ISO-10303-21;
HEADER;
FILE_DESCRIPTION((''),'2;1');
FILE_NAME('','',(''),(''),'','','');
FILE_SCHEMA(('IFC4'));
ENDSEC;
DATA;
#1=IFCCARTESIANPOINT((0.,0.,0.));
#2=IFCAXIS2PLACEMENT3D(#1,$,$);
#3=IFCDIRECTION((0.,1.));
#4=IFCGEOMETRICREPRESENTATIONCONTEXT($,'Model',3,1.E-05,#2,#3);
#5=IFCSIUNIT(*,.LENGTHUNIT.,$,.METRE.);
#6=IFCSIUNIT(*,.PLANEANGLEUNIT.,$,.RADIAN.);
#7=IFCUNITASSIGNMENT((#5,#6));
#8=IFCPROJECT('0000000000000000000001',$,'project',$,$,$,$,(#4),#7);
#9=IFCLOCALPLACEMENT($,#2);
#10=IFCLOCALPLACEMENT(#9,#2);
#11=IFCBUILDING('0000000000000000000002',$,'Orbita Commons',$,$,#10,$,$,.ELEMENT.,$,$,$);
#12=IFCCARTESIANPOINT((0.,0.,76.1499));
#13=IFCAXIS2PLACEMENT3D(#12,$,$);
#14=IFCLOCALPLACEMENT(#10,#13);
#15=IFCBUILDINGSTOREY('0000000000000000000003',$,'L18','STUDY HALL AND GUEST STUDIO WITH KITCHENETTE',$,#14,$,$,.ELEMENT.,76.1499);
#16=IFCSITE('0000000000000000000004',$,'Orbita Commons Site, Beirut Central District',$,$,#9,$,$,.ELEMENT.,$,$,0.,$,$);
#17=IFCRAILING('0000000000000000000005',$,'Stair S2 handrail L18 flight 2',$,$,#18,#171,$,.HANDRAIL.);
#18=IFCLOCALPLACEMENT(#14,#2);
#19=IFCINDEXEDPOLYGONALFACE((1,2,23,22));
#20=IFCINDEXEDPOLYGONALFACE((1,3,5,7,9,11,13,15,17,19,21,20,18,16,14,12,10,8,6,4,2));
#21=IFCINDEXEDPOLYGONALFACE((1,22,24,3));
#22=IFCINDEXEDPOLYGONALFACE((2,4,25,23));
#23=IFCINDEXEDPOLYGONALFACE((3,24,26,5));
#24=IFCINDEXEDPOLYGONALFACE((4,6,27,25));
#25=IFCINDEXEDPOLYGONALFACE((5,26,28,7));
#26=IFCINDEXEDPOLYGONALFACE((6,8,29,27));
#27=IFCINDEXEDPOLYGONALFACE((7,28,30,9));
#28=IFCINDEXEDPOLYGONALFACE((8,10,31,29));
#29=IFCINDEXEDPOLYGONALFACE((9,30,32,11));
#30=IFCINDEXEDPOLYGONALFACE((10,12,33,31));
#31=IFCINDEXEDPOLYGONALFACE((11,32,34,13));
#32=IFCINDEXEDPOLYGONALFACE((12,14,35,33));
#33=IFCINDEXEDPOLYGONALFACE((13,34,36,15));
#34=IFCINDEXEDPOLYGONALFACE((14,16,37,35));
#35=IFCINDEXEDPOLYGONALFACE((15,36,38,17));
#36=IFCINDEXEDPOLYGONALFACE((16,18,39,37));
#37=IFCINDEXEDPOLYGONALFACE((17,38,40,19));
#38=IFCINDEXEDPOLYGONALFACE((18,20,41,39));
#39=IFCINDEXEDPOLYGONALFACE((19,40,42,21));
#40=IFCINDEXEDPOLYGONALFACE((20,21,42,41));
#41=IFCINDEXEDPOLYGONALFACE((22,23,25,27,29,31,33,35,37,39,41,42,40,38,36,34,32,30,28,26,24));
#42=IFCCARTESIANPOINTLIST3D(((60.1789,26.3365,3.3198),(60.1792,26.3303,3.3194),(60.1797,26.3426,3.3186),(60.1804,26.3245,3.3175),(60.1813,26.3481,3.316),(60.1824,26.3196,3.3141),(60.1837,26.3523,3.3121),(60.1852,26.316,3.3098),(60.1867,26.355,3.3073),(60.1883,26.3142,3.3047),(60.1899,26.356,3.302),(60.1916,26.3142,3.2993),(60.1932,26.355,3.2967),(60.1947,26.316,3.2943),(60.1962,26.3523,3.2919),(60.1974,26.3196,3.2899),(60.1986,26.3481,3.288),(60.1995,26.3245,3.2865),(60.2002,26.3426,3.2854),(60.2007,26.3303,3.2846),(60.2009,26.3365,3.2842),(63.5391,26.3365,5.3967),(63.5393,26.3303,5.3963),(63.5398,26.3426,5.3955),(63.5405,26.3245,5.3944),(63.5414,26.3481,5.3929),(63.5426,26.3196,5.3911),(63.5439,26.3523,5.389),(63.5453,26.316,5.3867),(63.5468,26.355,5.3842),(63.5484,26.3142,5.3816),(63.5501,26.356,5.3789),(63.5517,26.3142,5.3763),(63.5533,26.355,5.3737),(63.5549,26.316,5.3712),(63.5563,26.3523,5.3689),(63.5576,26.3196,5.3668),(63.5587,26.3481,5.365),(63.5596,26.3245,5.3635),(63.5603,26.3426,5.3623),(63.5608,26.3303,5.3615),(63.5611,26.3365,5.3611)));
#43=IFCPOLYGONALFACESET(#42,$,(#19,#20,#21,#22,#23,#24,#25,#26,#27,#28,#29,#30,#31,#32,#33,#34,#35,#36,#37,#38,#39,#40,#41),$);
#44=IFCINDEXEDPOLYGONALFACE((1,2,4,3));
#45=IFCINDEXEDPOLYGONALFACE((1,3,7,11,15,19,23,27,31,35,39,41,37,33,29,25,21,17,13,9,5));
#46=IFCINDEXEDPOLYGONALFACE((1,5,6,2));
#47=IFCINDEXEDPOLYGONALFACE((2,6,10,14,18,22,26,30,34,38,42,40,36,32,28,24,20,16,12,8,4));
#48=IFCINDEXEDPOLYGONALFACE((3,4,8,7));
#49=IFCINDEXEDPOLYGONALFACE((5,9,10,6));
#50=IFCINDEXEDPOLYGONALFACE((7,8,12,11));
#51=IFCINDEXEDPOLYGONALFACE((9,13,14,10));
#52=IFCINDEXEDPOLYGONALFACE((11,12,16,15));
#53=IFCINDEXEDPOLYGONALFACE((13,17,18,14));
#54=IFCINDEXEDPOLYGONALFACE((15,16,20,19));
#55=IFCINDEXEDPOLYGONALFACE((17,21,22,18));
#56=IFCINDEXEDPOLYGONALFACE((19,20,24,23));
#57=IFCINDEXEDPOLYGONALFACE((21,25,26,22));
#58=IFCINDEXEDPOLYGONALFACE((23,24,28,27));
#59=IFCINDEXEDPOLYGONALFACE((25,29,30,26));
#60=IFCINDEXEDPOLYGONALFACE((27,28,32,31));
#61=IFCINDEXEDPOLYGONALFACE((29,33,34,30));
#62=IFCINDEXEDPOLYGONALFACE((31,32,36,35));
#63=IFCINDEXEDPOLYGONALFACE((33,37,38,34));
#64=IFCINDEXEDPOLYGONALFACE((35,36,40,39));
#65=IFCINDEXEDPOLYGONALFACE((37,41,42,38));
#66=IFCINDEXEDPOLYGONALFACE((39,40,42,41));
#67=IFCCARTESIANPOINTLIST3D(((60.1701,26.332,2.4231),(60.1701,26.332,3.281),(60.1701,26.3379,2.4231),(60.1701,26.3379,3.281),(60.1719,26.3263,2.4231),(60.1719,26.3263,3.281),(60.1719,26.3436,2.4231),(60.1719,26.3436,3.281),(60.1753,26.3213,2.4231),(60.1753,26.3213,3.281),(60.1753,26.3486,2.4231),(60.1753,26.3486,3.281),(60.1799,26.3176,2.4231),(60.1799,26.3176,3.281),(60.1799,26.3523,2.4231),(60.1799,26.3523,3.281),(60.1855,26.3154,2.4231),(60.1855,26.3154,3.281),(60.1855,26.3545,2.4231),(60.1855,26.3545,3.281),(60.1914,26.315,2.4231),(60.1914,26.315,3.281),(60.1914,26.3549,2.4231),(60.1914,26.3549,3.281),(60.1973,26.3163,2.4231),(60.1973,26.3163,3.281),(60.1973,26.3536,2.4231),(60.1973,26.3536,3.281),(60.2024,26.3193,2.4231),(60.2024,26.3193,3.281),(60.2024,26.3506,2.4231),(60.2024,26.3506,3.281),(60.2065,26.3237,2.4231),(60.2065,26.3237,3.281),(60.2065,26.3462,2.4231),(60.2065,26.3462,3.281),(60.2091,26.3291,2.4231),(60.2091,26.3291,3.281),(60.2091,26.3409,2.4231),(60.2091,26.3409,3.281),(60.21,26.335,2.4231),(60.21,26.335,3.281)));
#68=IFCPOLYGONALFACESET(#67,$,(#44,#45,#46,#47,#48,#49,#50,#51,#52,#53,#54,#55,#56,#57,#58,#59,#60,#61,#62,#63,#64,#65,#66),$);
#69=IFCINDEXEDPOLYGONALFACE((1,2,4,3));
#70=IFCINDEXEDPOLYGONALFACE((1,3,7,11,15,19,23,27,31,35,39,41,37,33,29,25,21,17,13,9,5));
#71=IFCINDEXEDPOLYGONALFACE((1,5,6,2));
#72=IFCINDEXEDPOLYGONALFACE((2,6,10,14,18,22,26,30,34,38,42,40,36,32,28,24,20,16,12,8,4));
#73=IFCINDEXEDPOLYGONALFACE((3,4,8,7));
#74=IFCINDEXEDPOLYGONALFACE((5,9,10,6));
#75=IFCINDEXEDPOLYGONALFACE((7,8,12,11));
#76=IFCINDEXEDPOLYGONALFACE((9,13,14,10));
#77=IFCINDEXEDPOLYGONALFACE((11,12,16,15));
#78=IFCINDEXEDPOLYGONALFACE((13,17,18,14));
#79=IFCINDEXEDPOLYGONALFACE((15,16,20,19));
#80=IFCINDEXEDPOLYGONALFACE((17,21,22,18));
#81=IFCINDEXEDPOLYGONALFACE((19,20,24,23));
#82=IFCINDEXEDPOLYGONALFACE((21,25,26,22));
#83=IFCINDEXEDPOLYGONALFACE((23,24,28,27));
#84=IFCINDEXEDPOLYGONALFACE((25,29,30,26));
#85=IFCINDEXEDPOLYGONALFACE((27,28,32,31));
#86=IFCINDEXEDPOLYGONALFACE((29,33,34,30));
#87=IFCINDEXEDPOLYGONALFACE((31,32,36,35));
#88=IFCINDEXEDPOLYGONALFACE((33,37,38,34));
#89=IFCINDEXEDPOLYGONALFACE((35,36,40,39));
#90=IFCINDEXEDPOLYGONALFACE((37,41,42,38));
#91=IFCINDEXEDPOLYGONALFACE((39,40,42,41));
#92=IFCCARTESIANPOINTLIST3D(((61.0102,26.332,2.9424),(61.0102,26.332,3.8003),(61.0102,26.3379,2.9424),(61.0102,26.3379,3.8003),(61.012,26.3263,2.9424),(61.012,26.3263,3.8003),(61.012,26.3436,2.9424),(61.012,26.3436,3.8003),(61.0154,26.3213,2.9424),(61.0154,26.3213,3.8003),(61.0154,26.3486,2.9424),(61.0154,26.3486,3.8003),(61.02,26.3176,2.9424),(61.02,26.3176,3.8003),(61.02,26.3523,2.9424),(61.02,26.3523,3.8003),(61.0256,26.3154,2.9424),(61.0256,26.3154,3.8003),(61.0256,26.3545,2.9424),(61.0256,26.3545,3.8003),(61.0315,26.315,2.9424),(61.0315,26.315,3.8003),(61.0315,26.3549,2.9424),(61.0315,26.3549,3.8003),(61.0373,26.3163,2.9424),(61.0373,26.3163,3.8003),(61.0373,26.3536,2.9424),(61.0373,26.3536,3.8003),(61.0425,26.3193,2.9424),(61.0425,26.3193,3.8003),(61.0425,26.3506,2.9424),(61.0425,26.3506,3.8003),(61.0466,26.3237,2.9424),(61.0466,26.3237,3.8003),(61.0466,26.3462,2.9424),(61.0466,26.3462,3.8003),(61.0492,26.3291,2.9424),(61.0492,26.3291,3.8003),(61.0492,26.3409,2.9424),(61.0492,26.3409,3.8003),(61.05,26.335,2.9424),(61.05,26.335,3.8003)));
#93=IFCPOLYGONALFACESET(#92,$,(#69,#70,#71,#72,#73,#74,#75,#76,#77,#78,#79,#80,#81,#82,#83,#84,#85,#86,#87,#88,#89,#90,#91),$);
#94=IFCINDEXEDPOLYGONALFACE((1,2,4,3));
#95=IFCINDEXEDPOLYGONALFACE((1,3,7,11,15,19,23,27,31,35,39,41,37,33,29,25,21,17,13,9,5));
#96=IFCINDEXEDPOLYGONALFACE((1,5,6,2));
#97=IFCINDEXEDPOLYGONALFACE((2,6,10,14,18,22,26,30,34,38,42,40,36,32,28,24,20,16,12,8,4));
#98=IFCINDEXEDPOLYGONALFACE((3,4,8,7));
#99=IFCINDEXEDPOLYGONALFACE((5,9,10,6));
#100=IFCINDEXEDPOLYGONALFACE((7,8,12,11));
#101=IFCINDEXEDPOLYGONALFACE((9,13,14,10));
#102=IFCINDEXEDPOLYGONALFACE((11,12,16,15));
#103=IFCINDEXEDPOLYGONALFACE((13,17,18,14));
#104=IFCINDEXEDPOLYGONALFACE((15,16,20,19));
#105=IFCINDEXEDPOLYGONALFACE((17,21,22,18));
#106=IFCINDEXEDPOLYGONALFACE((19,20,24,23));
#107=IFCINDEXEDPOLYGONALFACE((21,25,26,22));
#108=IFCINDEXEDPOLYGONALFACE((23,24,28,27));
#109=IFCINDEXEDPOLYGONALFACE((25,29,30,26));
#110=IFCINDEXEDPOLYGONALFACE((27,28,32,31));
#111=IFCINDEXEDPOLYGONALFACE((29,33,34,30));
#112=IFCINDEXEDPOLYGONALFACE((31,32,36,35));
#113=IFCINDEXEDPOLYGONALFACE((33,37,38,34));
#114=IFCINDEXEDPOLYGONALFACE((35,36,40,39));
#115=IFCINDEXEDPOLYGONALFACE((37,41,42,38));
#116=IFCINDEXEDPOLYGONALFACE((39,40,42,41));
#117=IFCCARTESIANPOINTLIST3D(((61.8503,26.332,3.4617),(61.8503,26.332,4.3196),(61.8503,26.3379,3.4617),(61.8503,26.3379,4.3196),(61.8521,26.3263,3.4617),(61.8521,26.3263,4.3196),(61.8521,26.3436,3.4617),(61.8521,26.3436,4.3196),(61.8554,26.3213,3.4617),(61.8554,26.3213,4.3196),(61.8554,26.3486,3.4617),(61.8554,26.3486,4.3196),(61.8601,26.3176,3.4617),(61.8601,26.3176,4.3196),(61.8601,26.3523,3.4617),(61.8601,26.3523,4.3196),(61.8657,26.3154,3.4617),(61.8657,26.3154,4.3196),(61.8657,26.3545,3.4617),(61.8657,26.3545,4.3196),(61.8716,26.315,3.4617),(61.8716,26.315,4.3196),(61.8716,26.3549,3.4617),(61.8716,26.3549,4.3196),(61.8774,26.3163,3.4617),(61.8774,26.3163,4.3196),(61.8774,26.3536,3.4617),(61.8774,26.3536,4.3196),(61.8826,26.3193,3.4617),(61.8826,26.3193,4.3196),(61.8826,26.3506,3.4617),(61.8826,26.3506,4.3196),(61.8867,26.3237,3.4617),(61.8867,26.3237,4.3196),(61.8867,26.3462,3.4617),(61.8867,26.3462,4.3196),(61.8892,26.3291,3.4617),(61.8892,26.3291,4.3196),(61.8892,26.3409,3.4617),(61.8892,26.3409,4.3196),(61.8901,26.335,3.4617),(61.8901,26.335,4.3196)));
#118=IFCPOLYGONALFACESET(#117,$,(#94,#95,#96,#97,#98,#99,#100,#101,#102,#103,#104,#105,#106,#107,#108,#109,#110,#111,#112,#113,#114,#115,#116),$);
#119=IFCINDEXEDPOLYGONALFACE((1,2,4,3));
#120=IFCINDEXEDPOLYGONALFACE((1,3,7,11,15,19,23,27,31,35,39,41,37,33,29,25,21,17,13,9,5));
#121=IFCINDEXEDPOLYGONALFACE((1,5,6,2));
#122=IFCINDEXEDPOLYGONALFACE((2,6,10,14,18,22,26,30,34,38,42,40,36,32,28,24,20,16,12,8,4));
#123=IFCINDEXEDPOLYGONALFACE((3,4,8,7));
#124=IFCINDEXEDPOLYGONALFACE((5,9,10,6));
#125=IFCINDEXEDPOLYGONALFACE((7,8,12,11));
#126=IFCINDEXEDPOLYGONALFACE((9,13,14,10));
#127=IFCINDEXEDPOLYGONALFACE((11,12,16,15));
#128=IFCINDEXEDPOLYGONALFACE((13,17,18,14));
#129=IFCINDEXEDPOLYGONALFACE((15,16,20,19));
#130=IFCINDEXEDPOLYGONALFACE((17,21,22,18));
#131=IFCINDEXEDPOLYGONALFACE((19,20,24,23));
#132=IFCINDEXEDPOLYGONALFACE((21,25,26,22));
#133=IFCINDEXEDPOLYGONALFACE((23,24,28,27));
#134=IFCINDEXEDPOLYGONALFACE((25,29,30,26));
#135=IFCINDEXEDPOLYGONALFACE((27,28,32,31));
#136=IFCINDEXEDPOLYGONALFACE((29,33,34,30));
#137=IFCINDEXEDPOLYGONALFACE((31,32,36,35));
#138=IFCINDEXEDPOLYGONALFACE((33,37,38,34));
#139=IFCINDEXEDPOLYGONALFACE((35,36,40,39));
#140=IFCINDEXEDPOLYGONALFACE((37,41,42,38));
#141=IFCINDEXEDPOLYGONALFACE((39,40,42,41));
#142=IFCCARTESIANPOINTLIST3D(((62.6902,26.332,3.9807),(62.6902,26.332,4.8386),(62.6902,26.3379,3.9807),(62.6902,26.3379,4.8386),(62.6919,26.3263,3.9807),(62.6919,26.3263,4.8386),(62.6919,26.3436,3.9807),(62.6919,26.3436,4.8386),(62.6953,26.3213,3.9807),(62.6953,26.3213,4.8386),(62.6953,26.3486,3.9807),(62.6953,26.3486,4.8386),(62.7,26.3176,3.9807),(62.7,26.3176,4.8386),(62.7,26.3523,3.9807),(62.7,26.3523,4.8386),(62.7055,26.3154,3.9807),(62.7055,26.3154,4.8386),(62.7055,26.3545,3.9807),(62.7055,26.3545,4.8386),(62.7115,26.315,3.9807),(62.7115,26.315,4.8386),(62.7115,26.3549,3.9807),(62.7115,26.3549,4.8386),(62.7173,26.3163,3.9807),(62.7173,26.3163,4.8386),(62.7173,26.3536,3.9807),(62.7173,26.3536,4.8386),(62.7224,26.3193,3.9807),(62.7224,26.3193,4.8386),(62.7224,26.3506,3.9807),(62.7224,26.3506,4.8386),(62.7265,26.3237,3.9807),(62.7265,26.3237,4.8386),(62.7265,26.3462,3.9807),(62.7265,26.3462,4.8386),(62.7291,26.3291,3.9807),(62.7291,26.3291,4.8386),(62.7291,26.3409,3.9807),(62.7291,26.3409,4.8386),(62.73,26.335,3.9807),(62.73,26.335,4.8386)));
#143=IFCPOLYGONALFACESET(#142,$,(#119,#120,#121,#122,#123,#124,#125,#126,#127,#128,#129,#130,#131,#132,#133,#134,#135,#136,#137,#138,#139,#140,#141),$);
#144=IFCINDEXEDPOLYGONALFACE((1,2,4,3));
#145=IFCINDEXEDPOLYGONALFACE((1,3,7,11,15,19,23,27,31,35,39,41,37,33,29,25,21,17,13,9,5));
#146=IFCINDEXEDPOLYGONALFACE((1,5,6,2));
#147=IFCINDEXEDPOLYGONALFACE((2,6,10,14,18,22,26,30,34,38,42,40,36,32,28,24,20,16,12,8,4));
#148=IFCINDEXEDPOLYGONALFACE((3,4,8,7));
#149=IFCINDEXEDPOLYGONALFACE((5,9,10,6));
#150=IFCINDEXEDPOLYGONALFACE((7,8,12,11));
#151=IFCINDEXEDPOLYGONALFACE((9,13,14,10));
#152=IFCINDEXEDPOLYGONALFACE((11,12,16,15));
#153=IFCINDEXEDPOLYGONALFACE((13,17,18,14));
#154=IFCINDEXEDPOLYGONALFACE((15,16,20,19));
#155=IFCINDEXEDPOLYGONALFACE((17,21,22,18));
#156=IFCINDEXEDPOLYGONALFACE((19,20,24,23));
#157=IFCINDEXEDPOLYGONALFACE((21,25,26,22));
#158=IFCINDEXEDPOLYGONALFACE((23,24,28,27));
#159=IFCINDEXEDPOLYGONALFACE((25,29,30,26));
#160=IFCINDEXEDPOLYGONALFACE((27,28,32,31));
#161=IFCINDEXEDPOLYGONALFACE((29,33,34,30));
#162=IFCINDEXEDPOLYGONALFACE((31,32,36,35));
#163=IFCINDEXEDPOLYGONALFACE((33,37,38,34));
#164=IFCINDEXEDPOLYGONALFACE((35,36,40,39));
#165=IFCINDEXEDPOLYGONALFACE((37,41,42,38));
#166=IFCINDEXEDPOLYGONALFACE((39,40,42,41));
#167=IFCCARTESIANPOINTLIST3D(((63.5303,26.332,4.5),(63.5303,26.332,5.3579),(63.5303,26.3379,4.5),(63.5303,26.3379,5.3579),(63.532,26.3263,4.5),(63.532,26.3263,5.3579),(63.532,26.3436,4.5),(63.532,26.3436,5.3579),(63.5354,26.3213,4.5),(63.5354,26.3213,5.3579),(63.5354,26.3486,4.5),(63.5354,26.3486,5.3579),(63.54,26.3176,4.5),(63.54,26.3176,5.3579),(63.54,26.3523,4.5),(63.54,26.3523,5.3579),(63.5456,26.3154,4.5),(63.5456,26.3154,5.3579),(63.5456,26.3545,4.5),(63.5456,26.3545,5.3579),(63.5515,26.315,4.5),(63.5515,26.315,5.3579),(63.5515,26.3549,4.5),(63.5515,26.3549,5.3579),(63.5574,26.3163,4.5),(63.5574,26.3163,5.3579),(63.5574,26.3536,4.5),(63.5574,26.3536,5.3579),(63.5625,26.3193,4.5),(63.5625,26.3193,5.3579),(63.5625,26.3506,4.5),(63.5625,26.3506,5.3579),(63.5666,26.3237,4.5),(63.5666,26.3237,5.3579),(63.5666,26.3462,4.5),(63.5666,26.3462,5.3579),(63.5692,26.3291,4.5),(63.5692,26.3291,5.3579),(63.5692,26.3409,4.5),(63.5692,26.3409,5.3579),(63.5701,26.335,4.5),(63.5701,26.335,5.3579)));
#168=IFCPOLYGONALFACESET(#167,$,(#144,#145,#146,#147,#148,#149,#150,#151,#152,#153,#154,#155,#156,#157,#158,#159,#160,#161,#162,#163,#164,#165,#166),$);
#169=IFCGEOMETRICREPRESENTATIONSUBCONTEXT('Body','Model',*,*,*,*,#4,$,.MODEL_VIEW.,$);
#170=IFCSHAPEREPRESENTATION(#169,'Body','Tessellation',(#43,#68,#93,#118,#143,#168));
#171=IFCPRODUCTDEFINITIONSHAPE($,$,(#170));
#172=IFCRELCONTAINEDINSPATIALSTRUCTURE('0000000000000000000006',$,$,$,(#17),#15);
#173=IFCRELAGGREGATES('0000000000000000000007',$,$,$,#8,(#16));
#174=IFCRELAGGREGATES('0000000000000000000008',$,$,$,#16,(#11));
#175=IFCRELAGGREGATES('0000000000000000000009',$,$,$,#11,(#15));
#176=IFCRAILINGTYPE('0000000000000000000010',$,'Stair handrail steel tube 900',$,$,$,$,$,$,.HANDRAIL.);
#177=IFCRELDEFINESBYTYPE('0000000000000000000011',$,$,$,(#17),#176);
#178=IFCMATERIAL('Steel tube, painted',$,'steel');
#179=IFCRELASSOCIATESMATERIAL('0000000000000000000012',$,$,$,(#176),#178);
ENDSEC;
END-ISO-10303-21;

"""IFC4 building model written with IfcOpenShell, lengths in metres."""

from ifc_helpers import new_model, si_unit, direction, frame, origin, origin_2d, place, context, subcontext, project, spatial, circle, extrude, material, type_object, element, save


model = new_model("IFC4")

# Units and contexts
model_context = context("Model", 3, precision=1e-05, world=origin(), true_north=direction((0.0, 1.0)))
body_context = subcontext(model_context, "Body", "Model", "MODEL_VIEW")
ifc_project = project(units=[si_unit("LENGTHUNIT", "METRE"), si_unit("PLANEANGLEUNIT", "RADIAN")], contexts=[model_context])

# Site, building, storey
site_placement = place(None, origin())
site = spatial("IfcSite", under=ifc_project, at=site_placement, Name="Orbita Commons Site, Beirut Central District", CompositionType="ELEMENT", RefElevation=0.0)
building_placement = place(site_placement, origin())
building = spatial("IfcBuilding", under=site, at=building_placement, Name="Orbita Commons", CompositionType="ELEMENT")
storey_placement = place(building_placement, frame((0.0, 0.0, 76.1499)))
storey = spatial("IfcBuildingStorey", under=building, at=storey_placement, Name="L18", Description="STUDY HALL AND GUEST STUDIO WITH KITCHENETTE", CompositionType="ELEMENT", Elevation=76.1499)

# Railing
ifc_material_1 = material(Name="Steel tube, painted", Category="steel")
railing_type = type_object("IfcRailingType", Name="Stair handrail steel tube 900", PredefinedType="HANDRAIL", material=ifc_material_1)
for number, where, name in (
    (1, (60.1899, 26.335, 2.4231), "Stair S2 handrail L18 flight 2"),
):
    element("IfcRailing", number, at=place(storey_placement, frame(where)), inside=storey, type_object=railing_type, Name=name, PredefinedType="HANDRAIL", context=body_context, shape_type="SweptSolid", body=[
        extrude(circle(Radius=0.021, at=origin_2d()), frame((0.0, 0.0, 0.8789), z_axis=(0.850623, 0.0, 0.525776), x_axis=(0.0, 1.0, 0.0)), (0.0, 0.0, 1.0), 3.9502),
        extrude(circle(Radius=0.02, at=origin_2d()), origin(), (0.0, 0.0, 1.0), 0.8579),
        extrude(circle(Radius=0.02, at=origin_2d()), frame((0.8401, 0.0, 0.5193)), (0.0, 0.0, 1.0), 0.8579),
        extrude(circle(Radius=0.02, at=origin_2d()), frame((1.6802, 0.0, 1.0386)), (0.0, 0.0, 1.0), 0.8579),
        extrude(circle(Radius=0.02, at=origin_2d()), frame((2.52, 0.0, 1.5576)), (0.0, 0.0, 1.0), 0.8579),
        extrude(circle(Radius=0.02, at=origin_2d()), frame((3.3601, 0.0, 2.0769)), (0.0, 0.0, 1.0), 0.8579),
    ])

save(model, "model.ifc")
